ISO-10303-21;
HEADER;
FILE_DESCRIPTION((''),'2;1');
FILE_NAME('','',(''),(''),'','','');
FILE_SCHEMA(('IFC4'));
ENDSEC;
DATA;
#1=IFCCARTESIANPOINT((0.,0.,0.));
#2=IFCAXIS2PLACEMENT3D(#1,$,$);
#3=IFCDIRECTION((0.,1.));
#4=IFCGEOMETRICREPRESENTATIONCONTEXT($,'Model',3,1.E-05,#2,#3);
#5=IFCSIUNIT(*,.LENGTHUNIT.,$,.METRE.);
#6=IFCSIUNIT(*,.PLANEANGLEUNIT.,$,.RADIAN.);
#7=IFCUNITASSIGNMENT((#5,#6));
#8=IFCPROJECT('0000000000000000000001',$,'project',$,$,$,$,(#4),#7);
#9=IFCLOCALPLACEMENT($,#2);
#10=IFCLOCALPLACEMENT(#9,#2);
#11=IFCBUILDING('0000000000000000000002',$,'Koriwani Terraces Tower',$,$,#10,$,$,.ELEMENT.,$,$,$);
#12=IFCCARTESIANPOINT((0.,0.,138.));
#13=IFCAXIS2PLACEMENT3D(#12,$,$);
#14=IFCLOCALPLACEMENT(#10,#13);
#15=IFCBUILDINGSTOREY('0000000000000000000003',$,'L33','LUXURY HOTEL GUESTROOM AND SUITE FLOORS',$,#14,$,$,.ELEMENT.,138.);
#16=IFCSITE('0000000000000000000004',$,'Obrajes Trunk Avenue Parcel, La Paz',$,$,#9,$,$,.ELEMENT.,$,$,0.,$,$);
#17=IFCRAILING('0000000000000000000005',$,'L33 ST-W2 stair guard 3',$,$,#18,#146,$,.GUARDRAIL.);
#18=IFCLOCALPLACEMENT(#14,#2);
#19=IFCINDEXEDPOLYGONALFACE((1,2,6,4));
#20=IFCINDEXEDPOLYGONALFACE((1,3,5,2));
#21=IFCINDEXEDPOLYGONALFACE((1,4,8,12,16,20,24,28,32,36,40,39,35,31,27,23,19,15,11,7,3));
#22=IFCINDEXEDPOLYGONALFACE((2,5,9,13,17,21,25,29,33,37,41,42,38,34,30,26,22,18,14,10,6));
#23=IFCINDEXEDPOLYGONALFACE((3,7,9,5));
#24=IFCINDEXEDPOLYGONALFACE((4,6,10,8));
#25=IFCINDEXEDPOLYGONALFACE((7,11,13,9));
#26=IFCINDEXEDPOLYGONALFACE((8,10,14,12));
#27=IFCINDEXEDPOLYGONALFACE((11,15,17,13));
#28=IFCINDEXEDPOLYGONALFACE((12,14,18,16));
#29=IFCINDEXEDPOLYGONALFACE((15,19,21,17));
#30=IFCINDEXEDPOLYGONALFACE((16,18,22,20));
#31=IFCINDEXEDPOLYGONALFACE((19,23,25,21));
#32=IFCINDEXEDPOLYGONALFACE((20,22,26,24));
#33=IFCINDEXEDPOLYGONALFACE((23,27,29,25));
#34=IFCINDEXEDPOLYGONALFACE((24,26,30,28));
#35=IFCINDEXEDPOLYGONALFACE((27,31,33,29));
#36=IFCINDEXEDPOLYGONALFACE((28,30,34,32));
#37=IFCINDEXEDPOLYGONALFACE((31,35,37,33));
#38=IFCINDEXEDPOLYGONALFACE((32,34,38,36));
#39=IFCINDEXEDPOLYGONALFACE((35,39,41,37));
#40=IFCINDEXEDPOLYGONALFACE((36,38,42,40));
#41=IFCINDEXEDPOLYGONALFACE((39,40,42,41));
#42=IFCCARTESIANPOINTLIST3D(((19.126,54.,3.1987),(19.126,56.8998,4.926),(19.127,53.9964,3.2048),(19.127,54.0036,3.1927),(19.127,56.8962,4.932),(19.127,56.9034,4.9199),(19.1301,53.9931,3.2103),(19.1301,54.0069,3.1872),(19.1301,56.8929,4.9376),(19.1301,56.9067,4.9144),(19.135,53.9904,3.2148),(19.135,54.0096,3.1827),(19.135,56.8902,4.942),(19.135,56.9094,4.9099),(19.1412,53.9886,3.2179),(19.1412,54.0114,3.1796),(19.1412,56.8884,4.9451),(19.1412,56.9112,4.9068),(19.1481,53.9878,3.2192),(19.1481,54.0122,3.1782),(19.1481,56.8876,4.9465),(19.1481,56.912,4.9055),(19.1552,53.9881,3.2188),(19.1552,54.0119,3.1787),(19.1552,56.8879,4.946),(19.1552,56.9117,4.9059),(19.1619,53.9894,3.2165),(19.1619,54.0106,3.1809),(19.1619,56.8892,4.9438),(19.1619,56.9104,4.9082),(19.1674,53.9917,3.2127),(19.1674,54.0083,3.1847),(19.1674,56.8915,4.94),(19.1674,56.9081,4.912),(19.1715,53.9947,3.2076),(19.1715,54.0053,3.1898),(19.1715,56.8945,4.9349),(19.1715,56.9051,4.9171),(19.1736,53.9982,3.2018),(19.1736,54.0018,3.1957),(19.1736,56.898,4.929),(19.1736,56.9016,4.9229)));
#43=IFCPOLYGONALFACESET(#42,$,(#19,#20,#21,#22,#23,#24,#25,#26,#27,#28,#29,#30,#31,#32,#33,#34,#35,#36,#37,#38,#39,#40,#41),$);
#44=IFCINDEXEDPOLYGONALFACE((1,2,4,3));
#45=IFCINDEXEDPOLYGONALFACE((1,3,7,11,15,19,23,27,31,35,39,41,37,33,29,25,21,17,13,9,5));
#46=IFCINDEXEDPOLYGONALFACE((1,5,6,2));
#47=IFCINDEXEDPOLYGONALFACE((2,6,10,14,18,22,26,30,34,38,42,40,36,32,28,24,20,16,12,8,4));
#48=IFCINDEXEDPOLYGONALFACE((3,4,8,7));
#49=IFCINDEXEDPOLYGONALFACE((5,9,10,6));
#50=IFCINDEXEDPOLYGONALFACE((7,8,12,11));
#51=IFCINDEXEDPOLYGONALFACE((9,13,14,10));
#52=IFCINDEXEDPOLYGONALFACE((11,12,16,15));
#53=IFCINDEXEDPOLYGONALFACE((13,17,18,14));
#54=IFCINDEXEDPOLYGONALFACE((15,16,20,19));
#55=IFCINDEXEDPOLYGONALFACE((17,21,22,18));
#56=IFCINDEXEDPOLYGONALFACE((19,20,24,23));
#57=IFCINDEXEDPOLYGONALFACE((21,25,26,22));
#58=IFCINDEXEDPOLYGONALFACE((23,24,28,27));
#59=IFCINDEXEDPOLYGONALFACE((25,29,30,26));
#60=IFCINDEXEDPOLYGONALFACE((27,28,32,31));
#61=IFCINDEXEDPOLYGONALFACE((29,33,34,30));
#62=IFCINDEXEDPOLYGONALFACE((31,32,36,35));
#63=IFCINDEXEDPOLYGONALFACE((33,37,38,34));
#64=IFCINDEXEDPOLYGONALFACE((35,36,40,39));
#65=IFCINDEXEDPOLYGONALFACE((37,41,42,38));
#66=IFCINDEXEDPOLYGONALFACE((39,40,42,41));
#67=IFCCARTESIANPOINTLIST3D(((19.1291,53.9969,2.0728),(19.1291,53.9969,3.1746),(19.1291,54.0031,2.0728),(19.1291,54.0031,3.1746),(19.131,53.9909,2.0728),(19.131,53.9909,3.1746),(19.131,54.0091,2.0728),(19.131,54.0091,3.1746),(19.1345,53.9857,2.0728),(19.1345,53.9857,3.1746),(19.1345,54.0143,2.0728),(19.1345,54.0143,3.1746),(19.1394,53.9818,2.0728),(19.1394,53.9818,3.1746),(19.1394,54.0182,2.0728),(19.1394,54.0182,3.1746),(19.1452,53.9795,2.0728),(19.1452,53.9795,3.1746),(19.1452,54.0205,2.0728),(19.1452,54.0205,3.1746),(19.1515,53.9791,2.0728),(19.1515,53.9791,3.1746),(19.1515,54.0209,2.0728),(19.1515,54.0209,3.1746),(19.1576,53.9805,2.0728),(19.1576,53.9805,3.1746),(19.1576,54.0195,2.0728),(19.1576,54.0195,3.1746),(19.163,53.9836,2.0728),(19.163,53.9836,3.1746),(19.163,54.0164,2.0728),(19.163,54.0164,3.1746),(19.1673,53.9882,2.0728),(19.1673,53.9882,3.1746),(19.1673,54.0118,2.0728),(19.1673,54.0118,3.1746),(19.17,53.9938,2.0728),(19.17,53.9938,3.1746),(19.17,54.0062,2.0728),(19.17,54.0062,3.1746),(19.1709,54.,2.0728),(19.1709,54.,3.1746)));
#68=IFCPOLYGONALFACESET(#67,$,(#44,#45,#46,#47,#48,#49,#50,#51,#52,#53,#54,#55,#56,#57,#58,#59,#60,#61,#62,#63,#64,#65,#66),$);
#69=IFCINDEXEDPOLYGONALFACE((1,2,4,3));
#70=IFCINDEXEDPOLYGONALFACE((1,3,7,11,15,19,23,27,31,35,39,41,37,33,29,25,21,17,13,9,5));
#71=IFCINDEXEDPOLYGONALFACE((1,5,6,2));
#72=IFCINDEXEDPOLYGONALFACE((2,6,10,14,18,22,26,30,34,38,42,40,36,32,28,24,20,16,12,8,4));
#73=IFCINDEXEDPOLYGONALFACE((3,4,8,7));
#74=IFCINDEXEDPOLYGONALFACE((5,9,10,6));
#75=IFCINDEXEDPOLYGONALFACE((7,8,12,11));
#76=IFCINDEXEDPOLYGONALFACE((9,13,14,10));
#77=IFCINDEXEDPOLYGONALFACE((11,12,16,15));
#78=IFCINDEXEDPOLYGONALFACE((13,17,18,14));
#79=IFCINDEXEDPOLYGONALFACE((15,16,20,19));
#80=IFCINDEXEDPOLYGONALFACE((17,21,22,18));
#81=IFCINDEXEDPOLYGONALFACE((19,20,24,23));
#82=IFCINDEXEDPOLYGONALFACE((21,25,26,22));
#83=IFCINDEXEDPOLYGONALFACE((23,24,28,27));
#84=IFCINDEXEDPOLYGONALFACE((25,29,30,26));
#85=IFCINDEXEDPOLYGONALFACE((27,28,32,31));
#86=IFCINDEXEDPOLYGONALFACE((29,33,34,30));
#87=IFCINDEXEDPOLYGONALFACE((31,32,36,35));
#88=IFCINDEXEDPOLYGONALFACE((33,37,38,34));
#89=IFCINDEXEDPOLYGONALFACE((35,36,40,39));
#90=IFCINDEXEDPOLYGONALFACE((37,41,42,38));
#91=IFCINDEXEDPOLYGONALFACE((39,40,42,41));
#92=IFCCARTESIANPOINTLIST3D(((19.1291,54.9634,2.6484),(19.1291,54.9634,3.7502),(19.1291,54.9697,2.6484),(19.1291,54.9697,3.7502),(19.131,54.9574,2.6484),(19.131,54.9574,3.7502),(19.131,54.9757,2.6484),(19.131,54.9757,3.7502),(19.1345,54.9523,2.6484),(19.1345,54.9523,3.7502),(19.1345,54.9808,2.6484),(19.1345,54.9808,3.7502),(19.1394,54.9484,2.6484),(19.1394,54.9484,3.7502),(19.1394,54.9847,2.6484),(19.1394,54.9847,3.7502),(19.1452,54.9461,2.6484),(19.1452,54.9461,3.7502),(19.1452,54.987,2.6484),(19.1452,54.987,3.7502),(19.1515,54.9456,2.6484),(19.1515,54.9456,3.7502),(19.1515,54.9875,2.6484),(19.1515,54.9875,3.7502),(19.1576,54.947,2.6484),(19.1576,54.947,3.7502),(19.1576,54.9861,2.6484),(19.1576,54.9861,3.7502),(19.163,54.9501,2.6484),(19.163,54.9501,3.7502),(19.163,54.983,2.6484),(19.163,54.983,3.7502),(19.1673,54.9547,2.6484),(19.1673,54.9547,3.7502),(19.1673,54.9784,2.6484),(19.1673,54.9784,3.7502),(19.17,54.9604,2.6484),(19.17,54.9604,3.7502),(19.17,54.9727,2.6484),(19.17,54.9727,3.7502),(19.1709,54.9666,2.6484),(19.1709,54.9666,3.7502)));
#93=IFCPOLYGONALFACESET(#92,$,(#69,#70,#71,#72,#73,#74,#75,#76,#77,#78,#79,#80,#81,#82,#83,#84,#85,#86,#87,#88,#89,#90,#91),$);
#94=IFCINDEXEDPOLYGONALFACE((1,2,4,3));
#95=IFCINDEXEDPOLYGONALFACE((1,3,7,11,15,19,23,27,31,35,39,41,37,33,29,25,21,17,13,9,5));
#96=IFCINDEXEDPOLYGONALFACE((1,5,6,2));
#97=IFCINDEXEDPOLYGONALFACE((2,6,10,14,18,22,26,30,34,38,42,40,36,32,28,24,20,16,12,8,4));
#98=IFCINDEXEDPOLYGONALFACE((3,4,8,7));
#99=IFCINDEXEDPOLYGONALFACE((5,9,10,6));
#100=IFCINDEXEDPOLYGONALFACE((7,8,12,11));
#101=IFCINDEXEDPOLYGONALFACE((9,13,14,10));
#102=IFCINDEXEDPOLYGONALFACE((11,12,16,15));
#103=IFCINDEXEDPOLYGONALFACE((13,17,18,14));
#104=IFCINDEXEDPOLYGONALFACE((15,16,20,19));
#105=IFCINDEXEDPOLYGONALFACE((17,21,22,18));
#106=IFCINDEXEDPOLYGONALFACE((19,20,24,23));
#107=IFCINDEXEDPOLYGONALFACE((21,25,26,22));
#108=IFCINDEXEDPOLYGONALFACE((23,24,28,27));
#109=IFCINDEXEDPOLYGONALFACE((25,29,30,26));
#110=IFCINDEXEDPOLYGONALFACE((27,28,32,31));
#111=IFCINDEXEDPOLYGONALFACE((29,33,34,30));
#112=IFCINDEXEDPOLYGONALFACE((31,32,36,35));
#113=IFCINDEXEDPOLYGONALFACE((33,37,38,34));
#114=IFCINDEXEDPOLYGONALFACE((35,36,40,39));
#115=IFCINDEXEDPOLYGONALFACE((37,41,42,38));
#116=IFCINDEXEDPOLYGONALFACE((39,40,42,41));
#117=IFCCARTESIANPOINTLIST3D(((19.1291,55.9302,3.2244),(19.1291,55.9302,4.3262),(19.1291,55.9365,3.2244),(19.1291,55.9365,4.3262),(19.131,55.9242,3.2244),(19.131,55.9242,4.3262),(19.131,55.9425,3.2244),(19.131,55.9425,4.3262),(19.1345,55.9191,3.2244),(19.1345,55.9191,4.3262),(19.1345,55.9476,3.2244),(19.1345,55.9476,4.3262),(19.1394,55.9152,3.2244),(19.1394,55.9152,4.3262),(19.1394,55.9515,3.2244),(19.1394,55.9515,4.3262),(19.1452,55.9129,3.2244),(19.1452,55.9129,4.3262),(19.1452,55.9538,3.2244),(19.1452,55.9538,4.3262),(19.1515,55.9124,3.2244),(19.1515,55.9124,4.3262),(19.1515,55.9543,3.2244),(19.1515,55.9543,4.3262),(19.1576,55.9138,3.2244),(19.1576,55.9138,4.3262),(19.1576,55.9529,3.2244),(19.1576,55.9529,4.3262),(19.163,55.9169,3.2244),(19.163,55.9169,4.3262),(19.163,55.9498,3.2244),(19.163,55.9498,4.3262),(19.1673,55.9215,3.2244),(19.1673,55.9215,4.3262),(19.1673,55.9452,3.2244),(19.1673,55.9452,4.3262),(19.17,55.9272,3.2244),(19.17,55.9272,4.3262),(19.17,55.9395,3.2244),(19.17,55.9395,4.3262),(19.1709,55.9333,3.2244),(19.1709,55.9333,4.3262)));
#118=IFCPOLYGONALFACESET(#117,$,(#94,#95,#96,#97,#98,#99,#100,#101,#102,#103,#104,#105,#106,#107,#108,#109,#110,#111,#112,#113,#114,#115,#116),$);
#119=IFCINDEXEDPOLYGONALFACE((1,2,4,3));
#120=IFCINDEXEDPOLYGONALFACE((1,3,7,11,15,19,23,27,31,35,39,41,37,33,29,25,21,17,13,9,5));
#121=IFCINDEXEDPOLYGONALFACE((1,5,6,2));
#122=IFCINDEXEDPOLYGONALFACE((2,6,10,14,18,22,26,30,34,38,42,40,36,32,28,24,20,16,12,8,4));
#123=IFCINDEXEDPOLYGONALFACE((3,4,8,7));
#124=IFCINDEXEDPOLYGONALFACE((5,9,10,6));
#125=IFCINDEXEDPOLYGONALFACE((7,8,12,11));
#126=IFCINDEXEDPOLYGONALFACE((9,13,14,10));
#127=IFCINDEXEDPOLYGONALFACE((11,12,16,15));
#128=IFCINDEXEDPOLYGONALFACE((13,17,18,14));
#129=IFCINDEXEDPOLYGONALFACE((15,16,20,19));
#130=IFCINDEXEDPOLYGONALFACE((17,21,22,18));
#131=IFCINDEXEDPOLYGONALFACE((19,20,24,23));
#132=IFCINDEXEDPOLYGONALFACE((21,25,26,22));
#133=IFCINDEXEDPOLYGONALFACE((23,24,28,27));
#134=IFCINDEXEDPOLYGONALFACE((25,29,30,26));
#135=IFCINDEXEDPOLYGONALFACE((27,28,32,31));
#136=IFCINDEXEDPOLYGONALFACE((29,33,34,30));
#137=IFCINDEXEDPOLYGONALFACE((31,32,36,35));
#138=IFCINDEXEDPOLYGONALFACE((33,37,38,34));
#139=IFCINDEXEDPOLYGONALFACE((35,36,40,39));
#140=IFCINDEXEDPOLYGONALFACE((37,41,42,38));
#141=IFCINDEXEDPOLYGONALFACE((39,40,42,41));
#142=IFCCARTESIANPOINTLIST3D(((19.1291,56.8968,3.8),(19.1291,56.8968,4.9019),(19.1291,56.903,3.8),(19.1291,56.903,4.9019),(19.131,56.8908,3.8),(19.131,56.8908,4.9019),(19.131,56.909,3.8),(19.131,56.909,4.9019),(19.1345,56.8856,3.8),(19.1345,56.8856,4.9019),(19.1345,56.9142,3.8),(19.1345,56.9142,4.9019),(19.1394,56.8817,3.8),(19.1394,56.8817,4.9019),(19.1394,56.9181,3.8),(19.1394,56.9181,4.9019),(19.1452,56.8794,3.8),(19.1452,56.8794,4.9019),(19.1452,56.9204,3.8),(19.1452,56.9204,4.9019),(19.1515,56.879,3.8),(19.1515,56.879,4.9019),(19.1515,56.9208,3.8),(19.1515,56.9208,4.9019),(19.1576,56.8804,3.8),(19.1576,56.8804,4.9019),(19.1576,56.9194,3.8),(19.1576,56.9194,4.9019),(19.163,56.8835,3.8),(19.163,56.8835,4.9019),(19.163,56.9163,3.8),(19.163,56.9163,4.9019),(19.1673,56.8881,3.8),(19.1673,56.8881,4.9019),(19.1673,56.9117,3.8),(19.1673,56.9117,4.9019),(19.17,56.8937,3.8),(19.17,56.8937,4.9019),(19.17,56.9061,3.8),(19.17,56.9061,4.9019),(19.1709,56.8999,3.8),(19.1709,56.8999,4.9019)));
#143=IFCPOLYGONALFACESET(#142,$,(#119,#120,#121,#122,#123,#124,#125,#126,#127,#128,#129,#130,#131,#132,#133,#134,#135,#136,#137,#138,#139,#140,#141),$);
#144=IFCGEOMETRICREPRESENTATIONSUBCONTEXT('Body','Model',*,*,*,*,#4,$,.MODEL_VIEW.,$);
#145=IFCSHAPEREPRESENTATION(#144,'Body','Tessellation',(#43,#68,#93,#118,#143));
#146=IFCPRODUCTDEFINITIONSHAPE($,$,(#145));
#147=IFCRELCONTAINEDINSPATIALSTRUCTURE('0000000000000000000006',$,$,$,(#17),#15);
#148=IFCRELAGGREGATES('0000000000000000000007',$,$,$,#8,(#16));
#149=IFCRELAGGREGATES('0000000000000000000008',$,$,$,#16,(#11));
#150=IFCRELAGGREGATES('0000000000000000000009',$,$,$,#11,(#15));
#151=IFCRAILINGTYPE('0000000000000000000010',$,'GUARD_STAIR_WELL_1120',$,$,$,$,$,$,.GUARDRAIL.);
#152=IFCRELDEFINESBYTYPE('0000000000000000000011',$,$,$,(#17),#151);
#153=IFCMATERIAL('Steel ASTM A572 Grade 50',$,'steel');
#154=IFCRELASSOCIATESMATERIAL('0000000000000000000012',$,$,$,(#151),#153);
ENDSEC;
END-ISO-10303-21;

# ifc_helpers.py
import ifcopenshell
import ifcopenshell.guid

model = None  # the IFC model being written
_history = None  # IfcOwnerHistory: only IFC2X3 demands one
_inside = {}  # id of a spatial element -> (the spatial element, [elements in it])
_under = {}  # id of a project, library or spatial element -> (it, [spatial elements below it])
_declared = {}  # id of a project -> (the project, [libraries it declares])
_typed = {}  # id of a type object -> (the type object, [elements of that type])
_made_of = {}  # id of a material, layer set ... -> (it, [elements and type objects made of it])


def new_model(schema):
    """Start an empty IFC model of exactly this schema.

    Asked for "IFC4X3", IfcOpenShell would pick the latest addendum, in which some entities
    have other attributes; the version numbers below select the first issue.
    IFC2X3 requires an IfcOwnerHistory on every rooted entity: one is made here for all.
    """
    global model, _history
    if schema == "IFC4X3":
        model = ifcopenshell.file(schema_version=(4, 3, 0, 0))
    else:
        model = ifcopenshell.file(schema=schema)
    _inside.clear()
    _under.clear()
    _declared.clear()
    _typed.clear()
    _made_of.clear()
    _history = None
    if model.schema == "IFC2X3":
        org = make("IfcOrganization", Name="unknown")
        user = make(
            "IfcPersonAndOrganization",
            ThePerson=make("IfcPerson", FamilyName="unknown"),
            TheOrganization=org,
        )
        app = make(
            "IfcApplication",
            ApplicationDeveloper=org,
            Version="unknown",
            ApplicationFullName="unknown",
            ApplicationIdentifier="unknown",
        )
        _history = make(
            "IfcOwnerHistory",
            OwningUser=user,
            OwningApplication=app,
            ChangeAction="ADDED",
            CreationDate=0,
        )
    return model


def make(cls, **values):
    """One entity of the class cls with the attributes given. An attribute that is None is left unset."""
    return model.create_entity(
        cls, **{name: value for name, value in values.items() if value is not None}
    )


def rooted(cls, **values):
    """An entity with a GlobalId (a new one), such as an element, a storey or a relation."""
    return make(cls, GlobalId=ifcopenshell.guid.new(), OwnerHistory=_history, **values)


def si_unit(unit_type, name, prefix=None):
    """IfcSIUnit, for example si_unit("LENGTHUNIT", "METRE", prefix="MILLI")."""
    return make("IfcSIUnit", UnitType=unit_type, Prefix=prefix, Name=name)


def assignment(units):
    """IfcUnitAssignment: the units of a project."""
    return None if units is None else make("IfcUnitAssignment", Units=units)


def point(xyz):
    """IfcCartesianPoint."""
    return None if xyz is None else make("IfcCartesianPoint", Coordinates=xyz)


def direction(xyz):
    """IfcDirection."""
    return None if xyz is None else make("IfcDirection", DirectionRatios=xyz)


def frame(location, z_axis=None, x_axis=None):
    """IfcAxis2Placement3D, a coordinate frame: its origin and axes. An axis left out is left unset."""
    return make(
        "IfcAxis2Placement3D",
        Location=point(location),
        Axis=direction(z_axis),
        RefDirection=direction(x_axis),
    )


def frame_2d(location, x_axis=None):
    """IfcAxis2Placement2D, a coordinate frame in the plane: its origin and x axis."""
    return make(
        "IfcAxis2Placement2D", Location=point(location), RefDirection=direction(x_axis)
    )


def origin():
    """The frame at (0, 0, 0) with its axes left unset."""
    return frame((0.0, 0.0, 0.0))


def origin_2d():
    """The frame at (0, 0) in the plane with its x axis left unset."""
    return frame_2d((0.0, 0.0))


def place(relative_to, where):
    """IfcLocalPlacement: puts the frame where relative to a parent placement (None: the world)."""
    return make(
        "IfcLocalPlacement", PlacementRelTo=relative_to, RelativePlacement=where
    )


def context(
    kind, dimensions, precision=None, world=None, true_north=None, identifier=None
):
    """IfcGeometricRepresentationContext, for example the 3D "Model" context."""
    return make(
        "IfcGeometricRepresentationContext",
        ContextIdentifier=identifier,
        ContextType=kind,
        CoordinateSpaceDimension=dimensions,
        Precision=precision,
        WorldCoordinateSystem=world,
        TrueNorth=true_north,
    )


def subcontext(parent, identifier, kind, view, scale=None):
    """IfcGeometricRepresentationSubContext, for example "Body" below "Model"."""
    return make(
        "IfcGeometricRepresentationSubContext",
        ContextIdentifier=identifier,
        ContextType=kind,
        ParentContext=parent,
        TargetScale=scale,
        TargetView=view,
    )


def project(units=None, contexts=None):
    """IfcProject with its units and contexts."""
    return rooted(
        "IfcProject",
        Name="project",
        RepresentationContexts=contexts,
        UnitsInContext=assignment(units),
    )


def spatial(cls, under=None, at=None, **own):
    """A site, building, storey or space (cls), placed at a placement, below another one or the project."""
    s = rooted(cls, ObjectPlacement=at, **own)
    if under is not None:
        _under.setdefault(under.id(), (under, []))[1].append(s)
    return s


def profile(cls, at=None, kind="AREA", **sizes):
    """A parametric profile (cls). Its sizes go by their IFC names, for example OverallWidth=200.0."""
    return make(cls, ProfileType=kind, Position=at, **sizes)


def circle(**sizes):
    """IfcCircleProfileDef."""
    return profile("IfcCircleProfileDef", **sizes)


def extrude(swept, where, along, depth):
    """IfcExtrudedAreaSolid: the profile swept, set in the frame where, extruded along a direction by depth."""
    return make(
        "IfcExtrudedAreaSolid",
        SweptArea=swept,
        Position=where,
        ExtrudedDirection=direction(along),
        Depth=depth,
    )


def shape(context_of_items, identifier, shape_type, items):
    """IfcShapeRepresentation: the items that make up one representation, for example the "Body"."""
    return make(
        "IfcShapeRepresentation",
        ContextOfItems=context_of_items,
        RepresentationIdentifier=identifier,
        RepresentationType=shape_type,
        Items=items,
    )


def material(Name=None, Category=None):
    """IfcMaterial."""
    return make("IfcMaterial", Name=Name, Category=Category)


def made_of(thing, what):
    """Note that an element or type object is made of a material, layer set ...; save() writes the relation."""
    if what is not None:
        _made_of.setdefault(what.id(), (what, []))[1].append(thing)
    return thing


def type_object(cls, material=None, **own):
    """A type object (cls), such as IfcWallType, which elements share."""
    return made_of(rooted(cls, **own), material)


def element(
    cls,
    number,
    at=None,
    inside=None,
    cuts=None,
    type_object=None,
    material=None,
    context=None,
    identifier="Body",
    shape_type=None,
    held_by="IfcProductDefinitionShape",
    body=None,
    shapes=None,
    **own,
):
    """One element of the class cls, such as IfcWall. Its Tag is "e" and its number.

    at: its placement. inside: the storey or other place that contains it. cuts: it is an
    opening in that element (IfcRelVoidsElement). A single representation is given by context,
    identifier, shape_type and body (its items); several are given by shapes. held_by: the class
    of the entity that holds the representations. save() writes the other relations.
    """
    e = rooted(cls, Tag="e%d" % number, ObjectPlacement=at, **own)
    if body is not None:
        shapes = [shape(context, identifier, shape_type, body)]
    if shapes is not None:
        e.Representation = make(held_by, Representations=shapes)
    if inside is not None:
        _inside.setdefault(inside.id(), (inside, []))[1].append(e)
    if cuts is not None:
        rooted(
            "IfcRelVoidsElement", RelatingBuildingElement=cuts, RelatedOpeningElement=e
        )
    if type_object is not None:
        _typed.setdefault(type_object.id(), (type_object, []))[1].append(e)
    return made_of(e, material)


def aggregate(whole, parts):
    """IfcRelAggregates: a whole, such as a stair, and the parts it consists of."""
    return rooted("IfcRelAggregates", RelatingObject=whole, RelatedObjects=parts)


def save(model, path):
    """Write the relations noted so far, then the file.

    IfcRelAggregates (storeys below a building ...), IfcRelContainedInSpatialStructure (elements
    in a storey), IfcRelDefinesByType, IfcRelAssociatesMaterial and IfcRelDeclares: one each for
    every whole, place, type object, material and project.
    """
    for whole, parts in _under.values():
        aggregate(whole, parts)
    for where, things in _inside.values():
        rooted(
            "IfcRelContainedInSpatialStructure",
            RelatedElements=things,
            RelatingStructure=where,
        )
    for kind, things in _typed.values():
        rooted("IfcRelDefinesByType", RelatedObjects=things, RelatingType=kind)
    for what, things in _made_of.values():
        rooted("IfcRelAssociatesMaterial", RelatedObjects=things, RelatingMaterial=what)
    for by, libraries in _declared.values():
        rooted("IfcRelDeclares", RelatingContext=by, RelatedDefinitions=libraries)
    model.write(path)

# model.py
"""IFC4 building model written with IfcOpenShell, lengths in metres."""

from ifc_helpers import new_model, si_unit, direction, frame, origin, origin_2d, place, context, subcontext, project, spatial, circle, extrude, material, type_object, element, save


model = new_model("IFC4")

# Units and contexts
model_context = context("Model", 3, precision=1e-05, world=origin(), true_north=direction((0.0, 1.0)))
body_context = subcontext(model_context, "Body", "Model", "MODEL_VIEW")
ifc_project = project(units=[si_unit("LENGTHUNIT", "METRE"), si_unit("PLANEANGLEUNIT", "RADIAN")], contexts=[model_context])

# Site, building, storey
site_placement = place(None, origin())
site = spatial("IfcSite", under=ifc_project, at=site_placement, Name="Obrajes Trunk Avenue Parcel, La Paz", CompositionType="ELEMENT", RefElevation=0.0)
building_placement = place(site_placement, origin())
building = spatial("IfcBuilding", under=site, at=building_placement, Name="Koriwani Terraces Tower", CompositionType="ELEMENT")
storey_placement = place(building_placement, frame((0.0, 0.0, 138.0)))
storey = spatial("IfcBuildingStorey", under=building, at=storey_placement, Name="L33", Description="LUXURY HOTEL GUESTROOM AND SUITE FLOORS", CompositionType="ELEMENT", Elevation=138.0)

# Shared definitions
ifc_material_1 = material(Name="Steel ASTM A572 Grade 50", Category="steel")

# Railing
railing_type_1 = type_object("IfcRailingType", Name="GUARD_STAIR_WELL_1120", PredefinedType="GUARDRAIL", material=ifc_material_1)
railing_1_placement = place(storey_placement, frame((19.1499, 54.0, 2.0728)))
element("IfcRailing", 1, at=railing_1_placement, inside=storey, type_object=railing_type_1, Name="L33 ST-W2 stair guard 3", PredefinedType="GUARDRAIL", context=body_context, shape_type="SweptSolid", body=[
    extrude(circle(Radius=0.0239, at=origin_2d()), frame((0.0, 0.0, 1.126), z_axis=(0.0, 0.859141, 0.511738), x_axis=(-1.0, 0.0, 0.0)), (0.0, 0.0, 1.0), 3.3752),
    extrude(circle(Radius=0.021, at=origin_2d()), origin(), (0.0, 0.0, 1.0), 1.1018),
    extrude(circle(Radius=0.021, at=origin_2d()), frame((0.0, 0.9666, 0.5757)), (0.0, 0.0, 1.0), 1.1018),
    extrude(circle(Radius=0.021, at=origin_2d()), frame((0.0, 1.9333, 1.1516)), (0.0, 0.0, 1.0), 1.1018),
    extrude(circle(Radius=0.021, at=origin_2d()), frame((0.0, 2.8999, 1.7273)), (0.0, 0.0, 1.0), 1.1018),
])

save(model, "model.ifc")
